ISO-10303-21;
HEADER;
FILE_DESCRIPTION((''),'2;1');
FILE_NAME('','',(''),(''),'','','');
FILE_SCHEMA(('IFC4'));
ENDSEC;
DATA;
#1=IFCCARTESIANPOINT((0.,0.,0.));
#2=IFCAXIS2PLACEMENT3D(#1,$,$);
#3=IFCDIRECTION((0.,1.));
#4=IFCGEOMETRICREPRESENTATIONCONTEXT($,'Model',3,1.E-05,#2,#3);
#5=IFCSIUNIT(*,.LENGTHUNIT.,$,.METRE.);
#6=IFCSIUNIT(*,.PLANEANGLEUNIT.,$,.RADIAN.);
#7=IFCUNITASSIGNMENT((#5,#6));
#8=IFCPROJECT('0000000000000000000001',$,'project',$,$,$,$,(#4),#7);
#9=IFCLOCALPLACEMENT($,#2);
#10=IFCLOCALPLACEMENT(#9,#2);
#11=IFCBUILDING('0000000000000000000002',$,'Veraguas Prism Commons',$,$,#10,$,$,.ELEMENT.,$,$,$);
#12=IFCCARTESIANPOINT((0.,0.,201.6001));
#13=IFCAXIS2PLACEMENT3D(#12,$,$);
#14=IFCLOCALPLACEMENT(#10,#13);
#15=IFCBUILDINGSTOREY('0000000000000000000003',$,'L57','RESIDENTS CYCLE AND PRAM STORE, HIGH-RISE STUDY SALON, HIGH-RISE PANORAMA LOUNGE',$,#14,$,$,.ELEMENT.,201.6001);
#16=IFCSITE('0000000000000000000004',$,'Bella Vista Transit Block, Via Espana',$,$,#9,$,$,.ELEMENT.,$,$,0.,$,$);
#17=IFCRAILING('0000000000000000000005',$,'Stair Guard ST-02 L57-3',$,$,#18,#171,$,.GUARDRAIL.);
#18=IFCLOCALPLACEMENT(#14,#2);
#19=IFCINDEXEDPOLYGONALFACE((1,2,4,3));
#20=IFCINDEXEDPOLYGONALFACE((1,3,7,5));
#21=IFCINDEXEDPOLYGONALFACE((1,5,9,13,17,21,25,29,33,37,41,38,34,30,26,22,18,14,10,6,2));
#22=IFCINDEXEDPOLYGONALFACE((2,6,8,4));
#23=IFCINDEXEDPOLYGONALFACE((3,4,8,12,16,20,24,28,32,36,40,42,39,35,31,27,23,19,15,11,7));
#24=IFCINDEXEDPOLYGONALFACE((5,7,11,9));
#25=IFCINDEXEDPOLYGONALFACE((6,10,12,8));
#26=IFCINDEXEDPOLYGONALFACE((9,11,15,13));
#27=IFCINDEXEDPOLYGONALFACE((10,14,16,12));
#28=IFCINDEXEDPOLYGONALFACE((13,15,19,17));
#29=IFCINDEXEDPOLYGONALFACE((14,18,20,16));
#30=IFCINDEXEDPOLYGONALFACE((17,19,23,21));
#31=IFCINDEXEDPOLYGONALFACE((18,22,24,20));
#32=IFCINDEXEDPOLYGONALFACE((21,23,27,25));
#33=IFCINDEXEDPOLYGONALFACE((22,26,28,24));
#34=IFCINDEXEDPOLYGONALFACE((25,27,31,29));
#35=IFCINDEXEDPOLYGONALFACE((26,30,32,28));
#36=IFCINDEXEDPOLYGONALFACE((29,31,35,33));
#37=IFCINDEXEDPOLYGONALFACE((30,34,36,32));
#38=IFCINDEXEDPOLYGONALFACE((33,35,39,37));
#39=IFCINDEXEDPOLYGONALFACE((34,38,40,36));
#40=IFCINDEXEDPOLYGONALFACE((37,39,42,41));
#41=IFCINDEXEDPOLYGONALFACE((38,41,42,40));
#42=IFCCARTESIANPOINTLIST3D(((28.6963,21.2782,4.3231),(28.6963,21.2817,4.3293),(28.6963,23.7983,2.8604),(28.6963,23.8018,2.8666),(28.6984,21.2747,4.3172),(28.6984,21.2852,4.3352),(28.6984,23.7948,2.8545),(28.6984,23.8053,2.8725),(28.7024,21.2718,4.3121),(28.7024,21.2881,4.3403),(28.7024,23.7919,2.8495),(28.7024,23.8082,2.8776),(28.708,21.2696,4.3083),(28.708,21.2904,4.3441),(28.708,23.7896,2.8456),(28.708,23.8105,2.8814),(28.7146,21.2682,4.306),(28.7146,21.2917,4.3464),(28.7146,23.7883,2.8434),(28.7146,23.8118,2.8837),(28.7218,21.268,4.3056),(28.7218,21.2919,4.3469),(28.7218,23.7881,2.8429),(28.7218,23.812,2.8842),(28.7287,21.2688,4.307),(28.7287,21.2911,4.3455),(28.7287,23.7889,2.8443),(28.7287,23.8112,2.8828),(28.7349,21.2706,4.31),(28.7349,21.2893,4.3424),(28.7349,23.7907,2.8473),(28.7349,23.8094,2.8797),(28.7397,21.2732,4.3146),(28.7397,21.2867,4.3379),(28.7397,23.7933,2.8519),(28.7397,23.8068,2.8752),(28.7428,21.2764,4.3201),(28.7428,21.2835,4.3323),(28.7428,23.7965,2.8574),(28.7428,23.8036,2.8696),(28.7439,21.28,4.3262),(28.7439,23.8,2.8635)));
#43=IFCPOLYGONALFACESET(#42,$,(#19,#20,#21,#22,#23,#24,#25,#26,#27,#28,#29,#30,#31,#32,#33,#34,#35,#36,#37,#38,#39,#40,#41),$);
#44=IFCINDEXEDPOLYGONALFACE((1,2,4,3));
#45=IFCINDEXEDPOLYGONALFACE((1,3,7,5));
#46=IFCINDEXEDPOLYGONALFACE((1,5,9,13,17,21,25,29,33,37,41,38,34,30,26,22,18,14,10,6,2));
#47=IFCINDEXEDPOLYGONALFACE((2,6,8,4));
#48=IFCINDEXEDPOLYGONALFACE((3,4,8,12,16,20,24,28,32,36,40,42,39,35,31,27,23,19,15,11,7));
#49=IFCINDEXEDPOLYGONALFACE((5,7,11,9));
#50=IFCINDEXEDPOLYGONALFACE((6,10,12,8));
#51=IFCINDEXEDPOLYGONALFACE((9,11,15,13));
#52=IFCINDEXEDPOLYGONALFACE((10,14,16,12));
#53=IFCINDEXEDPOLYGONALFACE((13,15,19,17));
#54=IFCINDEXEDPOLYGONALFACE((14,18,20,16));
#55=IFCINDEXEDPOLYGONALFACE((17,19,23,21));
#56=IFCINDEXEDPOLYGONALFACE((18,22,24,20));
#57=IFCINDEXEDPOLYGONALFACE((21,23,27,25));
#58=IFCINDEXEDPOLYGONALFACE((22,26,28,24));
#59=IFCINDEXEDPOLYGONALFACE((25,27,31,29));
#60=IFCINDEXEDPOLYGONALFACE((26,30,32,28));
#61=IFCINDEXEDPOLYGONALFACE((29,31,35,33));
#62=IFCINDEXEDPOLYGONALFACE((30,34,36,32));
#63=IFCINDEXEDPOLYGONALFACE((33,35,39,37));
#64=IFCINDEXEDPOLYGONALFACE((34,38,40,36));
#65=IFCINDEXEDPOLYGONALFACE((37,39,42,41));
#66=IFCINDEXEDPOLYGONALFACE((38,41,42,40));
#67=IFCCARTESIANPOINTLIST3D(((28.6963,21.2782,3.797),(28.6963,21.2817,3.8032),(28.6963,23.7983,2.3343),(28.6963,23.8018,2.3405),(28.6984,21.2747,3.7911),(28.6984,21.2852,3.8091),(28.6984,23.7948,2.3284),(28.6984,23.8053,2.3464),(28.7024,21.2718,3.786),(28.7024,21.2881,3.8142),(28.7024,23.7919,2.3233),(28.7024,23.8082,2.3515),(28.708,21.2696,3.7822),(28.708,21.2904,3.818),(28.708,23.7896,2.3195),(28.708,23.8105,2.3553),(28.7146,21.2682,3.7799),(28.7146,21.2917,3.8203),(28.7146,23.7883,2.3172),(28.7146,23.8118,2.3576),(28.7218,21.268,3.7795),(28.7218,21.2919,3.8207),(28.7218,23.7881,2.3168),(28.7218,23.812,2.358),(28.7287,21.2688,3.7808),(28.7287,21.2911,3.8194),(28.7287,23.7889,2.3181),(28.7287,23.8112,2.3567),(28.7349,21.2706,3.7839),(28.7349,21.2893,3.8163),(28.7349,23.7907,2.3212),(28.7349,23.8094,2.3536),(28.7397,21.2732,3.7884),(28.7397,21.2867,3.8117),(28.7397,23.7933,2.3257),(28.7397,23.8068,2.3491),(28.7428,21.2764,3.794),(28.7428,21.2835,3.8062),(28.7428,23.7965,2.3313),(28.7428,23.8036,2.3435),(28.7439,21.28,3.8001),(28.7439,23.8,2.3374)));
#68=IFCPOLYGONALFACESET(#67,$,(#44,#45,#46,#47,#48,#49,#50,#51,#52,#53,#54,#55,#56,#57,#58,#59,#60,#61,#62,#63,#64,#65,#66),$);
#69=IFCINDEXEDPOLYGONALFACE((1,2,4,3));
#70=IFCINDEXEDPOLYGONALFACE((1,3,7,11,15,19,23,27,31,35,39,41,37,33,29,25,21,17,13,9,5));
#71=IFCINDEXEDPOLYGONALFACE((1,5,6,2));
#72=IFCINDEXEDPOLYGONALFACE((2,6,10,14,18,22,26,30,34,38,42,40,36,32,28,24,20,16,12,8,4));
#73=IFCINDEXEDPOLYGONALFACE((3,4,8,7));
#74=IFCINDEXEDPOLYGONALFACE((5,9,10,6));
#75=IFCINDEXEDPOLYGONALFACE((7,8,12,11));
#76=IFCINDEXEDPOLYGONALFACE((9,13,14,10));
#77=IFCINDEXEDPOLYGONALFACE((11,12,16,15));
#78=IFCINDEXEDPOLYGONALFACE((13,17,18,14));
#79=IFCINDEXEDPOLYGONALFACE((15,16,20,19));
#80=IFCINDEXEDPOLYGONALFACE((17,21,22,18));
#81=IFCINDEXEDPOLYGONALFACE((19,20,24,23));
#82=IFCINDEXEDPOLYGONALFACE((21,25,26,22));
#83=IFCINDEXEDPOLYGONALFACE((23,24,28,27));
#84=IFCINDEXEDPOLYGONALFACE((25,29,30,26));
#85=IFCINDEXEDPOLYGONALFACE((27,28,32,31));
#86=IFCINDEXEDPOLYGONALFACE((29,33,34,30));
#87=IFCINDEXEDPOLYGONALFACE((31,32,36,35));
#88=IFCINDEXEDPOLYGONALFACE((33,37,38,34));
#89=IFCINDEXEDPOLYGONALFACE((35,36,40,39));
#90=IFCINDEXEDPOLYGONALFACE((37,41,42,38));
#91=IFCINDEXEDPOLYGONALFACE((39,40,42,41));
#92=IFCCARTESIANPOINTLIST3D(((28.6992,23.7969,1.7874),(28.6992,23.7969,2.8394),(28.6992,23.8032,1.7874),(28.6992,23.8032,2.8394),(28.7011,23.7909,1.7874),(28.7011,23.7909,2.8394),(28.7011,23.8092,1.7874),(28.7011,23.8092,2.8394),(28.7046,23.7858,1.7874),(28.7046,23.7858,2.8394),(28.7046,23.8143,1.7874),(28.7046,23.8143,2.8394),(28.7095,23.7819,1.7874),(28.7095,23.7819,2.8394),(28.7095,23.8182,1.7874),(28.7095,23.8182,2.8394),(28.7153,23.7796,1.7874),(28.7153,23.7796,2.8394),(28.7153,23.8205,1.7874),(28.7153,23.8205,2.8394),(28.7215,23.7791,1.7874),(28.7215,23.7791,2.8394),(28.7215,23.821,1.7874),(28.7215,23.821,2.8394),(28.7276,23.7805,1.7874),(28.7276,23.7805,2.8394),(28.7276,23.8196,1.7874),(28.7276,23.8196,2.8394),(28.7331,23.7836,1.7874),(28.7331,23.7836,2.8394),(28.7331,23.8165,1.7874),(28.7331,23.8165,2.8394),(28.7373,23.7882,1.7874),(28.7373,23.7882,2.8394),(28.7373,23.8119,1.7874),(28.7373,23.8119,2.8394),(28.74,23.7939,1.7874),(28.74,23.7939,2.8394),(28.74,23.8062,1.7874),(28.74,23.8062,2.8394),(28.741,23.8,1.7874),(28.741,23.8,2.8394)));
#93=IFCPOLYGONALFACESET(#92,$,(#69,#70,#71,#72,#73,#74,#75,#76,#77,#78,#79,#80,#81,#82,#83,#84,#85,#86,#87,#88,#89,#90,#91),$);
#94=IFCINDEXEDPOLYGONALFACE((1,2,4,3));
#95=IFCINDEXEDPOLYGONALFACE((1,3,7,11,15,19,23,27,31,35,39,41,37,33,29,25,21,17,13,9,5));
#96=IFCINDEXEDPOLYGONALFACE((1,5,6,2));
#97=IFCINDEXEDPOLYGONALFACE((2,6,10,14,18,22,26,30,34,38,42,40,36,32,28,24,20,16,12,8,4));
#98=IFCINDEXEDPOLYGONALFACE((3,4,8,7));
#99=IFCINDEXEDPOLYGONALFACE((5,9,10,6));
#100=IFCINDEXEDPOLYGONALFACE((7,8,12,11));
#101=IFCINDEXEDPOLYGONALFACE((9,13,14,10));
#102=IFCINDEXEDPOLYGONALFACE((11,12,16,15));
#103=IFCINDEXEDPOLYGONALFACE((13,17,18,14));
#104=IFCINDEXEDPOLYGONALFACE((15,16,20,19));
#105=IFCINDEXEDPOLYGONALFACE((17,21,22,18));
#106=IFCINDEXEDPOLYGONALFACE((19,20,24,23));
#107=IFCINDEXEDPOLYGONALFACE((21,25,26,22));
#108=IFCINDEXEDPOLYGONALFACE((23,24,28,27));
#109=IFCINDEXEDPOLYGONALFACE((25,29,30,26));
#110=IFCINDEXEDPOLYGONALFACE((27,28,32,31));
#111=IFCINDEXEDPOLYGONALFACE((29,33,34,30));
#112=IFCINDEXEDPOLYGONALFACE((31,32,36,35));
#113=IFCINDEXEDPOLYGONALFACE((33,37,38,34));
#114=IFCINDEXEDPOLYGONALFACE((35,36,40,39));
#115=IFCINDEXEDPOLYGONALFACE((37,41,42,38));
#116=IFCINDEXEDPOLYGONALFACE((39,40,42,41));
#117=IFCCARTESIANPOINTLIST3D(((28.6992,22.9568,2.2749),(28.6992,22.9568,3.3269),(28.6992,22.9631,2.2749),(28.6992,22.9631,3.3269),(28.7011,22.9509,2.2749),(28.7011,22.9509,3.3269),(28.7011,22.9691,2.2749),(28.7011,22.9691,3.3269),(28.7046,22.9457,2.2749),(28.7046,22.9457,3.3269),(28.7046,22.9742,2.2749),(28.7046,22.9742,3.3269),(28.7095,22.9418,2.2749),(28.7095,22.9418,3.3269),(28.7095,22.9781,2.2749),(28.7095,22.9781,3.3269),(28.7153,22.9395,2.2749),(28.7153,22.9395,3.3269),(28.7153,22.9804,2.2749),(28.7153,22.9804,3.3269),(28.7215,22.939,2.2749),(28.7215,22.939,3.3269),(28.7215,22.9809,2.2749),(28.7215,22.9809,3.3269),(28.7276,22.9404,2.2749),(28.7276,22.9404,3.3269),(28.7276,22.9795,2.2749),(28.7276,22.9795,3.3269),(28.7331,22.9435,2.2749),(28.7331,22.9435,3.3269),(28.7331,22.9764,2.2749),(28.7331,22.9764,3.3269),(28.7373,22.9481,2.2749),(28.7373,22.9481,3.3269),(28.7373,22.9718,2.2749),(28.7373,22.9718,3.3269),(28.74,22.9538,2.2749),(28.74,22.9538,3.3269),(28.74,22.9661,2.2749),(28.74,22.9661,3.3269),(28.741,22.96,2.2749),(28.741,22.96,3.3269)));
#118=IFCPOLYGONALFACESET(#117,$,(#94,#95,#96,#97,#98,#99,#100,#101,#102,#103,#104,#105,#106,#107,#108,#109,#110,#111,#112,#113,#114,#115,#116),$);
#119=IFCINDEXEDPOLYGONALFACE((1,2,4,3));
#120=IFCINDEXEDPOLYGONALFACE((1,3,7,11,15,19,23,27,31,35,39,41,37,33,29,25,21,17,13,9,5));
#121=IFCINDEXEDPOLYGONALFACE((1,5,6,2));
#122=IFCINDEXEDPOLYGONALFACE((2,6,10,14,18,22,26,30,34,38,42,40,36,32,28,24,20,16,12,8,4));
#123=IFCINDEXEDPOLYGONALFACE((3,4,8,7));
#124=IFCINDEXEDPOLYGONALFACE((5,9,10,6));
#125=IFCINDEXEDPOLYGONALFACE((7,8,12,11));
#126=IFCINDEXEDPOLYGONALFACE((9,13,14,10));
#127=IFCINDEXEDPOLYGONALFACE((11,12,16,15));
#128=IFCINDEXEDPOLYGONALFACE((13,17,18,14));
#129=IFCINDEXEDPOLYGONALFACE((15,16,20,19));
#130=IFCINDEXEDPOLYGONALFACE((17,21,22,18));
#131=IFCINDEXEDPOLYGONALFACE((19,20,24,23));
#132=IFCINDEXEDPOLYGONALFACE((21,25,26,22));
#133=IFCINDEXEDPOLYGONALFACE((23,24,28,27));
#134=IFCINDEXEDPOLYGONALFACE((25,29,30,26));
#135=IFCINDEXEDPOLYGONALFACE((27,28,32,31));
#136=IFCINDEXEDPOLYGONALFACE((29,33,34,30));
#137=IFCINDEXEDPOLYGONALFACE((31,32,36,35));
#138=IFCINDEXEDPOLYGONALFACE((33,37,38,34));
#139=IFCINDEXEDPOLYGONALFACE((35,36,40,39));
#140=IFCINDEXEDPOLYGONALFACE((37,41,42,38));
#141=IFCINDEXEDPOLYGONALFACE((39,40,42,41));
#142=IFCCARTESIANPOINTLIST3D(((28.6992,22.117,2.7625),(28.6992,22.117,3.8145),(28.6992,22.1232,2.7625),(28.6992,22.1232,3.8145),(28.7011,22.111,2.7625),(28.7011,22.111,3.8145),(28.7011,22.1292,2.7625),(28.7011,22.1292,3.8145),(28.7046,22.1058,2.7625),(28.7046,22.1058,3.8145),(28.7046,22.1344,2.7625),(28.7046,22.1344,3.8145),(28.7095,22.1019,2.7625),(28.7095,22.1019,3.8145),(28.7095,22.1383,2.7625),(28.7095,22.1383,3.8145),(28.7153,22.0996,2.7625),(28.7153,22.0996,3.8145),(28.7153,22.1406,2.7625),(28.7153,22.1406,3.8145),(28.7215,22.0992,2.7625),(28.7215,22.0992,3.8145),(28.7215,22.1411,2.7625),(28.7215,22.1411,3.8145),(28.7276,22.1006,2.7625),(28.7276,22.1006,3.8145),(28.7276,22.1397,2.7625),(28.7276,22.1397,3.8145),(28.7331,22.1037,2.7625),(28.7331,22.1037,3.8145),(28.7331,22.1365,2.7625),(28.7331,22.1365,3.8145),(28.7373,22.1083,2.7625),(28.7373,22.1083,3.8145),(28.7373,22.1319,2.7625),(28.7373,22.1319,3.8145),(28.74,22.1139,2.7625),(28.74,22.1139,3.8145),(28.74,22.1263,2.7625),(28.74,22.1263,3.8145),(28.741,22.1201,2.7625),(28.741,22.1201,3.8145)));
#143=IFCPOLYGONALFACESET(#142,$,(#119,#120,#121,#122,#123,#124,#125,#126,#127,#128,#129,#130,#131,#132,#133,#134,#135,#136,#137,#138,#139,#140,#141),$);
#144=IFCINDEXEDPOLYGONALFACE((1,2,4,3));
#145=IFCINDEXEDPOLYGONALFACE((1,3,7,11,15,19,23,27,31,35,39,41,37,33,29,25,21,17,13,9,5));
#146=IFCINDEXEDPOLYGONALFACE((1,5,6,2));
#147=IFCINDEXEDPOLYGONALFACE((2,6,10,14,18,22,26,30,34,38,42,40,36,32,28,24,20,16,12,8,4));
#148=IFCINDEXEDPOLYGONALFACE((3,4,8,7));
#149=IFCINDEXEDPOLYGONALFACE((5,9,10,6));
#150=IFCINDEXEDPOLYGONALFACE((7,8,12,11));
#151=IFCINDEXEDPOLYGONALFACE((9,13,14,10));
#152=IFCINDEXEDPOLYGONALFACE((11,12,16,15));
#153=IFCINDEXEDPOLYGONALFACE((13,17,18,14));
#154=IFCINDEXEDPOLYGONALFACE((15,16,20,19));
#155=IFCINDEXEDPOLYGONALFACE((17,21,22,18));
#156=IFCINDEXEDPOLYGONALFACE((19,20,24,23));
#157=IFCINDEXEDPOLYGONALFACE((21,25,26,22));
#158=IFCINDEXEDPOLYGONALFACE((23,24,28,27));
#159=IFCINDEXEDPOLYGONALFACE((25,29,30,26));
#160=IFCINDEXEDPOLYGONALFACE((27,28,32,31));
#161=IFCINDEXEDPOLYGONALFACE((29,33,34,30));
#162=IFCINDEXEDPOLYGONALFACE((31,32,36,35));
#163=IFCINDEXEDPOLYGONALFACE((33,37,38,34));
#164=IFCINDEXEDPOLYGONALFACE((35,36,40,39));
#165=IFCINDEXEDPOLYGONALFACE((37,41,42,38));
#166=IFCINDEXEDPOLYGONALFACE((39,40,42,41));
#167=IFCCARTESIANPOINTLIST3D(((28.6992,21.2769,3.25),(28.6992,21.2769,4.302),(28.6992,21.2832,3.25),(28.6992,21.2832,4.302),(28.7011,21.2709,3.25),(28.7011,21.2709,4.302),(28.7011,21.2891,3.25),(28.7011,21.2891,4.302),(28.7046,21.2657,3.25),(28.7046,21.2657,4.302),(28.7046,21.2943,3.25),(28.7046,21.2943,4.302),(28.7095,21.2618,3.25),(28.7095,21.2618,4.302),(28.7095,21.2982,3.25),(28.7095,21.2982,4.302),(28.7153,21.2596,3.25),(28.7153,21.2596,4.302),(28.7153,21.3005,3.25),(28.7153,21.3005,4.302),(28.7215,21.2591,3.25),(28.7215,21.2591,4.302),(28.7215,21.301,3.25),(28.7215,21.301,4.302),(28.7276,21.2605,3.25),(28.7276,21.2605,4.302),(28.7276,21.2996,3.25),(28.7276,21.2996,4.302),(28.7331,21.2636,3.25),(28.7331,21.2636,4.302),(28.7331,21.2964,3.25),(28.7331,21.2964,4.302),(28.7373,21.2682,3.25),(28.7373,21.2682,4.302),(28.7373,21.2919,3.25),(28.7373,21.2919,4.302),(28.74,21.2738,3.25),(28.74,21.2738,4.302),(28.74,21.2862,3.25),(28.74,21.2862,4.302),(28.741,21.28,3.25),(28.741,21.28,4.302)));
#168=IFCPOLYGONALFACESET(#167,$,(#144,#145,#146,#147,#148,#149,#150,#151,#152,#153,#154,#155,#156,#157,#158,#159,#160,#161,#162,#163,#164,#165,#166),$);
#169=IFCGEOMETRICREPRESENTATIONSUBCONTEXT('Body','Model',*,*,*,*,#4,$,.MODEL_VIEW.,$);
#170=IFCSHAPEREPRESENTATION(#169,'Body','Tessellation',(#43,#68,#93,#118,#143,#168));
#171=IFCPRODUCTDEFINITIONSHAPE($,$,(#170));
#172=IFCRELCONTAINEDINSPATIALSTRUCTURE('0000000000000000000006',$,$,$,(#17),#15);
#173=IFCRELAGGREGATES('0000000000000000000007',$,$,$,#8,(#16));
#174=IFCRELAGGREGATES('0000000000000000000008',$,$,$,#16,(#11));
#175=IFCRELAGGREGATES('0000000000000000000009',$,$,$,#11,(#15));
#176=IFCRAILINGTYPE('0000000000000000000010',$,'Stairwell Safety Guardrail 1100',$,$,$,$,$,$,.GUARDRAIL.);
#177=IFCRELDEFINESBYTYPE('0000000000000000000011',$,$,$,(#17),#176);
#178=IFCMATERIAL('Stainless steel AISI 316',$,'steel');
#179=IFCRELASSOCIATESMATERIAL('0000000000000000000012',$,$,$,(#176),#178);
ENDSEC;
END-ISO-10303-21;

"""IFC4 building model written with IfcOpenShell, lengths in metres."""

from ifc_helpers import new_model, si_unit, direction, frame, origin, origin_2d, place, context, subcontext, project, spatial, circle, extrude, material, type_object, element, save


model = new_model("IFC4")

# Units and contexts
model_context = context("Model", 3, precision=1e-05, world=origin(), true_north=direction((0.0, 1.0)))
body_context = subcontext(model_context, "Body", "Model", "MODEL_VIEW")
ifc_project = project(units=[si_unit("LENGTHUNIT", "METRE"), si_unit("PLANEANGLEUNIT", "RADIAN")], contexts=[model_context])

# Site, building, storey
site_placement = place(None, origin())
site = spatial("IfcSite", under=ifc_project, at=site_placement, Name="Bella Vista Transit Block, Via Espana", CompositionType="ELEMENT", RefElevation=0.0)
building_placement = place(site_placement, origin())
building = spatial("IfcBuilding", under=site, at=building_placement, Name="Veraguas Prism Commons", CompositionType="ELEMENT")
storey_placement = place(building_placement, frame((0.0, 0.0, 201.6001)))
storey = spatial("IfcBuildingStorey", under=building, at=storey_placement, Name="L57", Description="RESIDENTS CYCLE AND PRAM STORE, HIGH-RISE STUDY SALON, HIGH-RISE PANORAMA LOUNGE", CompositionType="ELEMENT", Elevation=201.6001)

# Railing
ifc_material_1 = material(Name="Stainless steel AISI 316", Category="steel")
railing_type_1 = type_object("IfcRailingType", Name="Stairwell Safety Guardrail 1100", PredefinedType="GUARDRAIL", material=ifc_material_1)
railing_1_placement = place(storey_placement, frame((28.72, 23.8, 1.7874)))
element("IfcRailing", 1, at=railing_1_placement, inside=storey, type_object=railing_type_1, Name="Stair Guard ST-02 L57-3", PredefinedType="GUARDRAIL", context=body_context, shape_type="SweptSolid", body=[
    extrude(circle(Radius=0.0239, at=origin_2d()), frame((0.0, 0.0, 1.0762), z_axis=(0.0, -0.864877, 0.501984), x_axis=(1.0, 0.0, 0.0)), (0.0, 0.0, 1.0), 2.9138),
    extrude(circle(Radius=0.0239, at=origin_2d()), frame((0.0, 0.0, 0.55), z_axis=(0.0, -0.864877, 0.501984), x_axis=(1.0, 0.0, 0.0)), (0.0, 0.0, 1.0), 2.9138),
    extrude(circle(Radius=0.021, at=origin_2d()), origin(), (0.0, 0.0, 1.0), 1.052),
    extrude(circle(Radius=0.021, at=origin_2d()), frame((0.0, -0.8401, 0.4875)), (0.0, 0.0, 1.0), 1.052),
    extrude(circle(Radius=0.021, at=origin_2d()), frame((0.0, -1.6799, 0.9751)), (0.0, 0.0, 1.0), 1.052),
    extrude(circle(Radius=0.021, at=origin_2d()), frame((0.0, -2.52, 1.4626)), (0.0, 0.0, 1.0), 1.052),
])

save(model, "model.ifc")
